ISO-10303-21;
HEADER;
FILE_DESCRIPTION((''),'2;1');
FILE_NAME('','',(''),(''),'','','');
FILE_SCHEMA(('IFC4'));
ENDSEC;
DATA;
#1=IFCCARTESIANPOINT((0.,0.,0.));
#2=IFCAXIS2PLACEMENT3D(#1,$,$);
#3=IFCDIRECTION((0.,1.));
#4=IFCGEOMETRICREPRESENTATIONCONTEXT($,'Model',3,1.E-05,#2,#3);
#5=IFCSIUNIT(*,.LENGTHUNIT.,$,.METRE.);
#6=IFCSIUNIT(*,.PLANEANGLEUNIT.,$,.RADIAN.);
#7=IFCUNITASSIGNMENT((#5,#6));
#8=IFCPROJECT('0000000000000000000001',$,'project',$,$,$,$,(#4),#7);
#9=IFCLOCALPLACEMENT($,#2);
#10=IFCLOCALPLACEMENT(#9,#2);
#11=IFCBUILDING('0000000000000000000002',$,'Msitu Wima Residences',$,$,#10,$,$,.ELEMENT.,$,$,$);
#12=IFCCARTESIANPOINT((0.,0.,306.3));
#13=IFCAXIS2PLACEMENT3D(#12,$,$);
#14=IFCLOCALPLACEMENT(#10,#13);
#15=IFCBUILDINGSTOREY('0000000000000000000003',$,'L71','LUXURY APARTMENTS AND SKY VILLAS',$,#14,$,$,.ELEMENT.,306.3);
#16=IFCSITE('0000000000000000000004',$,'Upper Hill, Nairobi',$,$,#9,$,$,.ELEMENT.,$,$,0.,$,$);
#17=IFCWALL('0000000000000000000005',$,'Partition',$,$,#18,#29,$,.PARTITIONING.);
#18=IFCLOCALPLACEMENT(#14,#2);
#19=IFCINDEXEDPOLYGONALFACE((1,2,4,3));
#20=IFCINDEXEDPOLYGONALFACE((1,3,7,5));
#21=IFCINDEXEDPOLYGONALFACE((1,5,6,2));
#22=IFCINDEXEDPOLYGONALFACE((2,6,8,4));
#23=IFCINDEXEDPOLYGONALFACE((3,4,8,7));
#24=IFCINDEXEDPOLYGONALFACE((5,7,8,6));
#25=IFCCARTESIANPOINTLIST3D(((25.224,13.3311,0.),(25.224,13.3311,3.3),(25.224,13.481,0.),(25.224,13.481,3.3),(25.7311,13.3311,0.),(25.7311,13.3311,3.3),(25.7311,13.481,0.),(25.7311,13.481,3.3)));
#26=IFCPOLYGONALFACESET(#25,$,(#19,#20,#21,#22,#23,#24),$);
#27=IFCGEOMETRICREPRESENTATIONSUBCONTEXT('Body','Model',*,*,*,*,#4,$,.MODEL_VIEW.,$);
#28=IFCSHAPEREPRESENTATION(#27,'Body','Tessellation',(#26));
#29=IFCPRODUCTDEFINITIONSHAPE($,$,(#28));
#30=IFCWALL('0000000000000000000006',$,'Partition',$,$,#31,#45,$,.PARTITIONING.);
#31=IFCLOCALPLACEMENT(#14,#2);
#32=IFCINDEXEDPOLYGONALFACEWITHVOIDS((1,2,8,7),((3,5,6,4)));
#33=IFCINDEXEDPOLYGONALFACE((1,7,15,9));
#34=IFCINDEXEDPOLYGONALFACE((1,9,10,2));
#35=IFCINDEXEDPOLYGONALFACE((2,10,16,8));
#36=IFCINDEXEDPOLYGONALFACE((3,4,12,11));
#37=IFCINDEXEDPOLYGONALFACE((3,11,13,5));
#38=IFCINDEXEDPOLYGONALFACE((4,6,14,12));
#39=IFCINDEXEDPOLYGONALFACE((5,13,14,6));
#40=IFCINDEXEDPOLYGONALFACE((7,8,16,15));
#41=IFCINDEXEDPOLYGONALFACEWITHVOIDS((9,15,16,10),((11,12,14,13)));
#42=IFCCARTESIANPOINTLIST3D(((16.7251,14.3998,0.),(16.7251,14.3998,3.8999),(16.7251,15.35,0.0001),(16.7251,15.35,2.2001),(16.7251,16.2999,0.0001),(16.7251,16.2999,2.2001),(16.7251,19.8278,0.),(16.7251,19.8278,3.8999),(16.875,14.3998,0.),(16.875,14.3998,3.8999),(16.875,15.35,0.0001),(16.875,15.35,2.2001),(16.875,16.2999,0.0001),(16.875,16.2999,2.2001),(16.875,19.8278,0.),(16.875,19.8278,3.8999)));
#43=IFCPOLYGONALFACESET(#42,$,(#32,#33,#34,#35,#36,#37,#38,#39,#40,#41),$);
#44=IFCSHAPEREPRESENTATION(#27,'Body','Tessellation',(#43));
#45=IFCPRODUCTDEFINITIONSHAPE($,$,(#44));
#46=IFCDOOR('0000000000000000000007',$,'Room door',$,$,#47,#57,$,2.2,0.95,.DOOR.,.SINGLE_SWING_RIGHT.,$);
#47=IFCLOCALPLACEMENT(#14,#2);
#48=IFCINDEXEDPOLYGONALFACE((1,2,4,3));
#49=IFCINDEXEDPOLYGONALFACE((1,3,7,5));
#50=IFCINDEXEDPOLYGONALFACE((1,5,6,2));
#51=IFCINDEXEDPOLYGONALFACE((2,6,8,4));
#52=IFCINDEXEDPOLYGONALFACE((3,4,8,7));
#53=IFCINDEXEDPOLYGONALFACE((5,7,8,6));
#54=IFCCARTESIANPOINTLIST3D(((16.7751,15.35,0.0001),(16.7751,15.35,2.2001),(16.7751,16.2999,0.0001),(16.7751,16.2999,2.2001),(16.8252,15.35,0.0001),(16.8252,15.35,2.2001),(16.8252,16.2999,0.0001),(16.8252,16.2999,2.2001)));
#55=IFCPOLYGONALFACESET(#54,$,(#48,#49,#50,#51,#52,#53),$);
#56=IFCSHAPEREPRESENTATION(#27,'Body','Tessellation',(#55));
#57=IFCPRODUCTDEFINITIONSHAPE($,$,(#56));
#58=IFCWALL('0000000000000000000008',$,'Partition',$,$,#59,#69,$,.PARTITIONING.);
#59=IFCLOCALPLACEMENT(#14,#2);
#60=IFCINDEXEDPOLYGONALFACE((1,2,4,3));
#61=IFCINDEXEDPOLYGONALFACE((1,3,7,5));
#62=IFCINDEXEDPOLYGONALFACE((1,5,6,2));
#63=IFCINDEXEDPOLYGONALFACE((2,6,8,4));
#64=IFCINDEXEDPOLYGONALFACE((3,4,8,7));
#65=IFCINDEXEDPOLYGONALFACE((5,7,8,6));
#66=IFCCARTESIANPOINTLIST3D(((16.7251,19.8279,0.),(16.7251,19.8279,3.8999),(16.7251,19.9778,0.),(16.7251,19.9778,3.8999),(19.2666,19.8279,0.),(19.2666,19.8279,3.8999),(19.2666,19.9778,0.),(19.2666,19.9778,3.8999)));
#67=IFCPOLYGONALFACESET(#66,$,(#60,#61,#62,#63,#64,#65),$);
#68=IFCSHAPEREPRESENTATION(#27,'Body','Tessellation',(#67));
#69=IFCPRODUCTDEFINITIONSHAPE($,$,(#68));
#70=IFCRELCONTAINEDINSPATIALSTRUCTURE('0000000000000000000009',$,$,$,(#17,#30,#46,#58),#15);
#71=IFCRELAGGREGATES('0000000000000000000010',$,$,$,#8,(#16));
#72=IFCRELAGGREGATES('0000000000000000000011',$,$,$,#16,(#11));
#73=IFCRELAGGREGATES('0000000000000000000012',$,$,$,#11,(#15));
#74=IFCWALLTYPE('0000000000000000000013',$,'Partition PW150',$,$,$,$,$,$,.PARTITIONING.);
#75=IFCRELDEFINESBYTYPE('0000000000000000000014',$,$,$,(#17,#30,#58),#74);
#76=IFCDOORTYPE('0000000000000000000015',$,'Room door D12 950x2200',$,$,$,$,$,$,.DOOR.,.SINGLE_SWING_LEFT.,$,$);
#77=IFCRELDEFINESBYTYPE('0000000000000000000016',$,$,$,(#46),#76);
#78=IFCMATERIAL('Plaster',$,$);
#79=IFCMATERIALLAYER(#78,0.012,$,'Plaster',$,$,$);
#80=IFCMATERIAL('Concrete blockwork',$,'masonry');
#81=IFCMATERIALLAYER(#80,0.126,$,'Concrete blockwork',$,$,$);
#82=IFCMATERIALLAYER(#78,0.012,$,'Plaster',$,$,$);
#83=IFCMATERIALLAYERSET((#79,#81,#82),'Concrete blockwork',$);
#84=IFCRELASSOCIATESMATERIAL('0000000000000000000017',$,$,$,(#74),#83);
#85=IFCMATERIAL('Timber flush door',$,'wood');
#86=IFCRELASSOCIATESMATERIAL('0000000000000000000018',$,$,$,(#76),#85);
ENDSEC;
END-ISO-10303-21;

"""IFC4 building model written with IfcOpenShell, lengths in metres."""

from ifc_helpers import new_model, si_unit, direction, frame, frame_2d, origin, place, context, subcontext, project, spatial, rectangle, extrude, material, layer, layer_set, type_object, element, fill, save


model = new_model("IFC4")

# Units and contexts
model_context = context("Model", 3, precision=1e-05, world=origin(), true_north=direction((0.0, 1.0)))
body_context = subcontext(model_context, "Body", "Model", "MODEL_VIEW")
ifc_project = project(units=[si_unit("LENGTHUNIT", "METRE"), si_unit("PLANEANGLEUNIT", "RADIAN")], contexts=[model_context])

# Site, building, storey
site_placement = place(None, origin())
site = spatial("IfcSite", under=ifc_project, at=site_placement, Name="Upper Hill, Nairobi", CompositionType="ELEMENT", RefElevation=0.0)
building_placement = place(site_placement, origin())
building = spatial("IfcBuilding", under=site, at=building_placement, Name="Msitu Wima Residences", CompositionType="ELEMENT")
storey_placement = place(building_placement, frame((0.0, 0.0, 306.3)))
storey = spatial("IfcBuildingStorey", under=building, at=storey_placement, Name="L71", Description="LUXURY APARTMENTS AND SKY VILLAS", CompositionType="ELEMENT", Elevation=306.3)

# Wall
ifc_material_1 = material(Name="Plaster")
ifc_material_2 = material(Name="Concrete blockwork", Category="masonry")
ifc_layer_1 = layer(ifc_material_1, 0.012, Name="Plaster")
ifc_layer_2 = layer(ifc_material_2, 0.126, Name="Concrete blockwork")
ifc_layer_3 = layer(ifc_material_1, 0.012, Name="Plaster")
ifc_layer_set_1 = layer_set([ifc_layer_1, ifc_layer_2, ifc_layer_3], Name="Concrete blockwork")
wall_type_1 = type_object("IfcWallType", Name="Partition PW150", PredefinedType="PARTITIONING", material=ifc_layer_set_1)
wall_1_placement = place(storey_placement, frame((25.2241, 13.406, 0.0), z_axis=(0.0, 0.0, 1.0), x_axis=(1.0, 0.0, 0.0)))
element("IfcWall", 1, at=wall_1_placement, inside=storey, type_object=wall_type_1, Name="Partition", PredefinedType="PARTITIONING", context=body_context, shape_type="SweptSolid", body=[
    extrude(rectangle(XDim=0.5071, YDim=0.1499, at=frame_2d((0.2534, 0.0))), origin(), (0.0, 0.0, 1.0), 3.3),
])

# Wall, opening, door
wall_2_placement = place(storey_placement, frame((16.8, 14.3999, 0.0), z_axis=(0.0, 0.0, 1.0), x_axis=(0.0, 1.0, 0.0)))
wall_2 = element("IfcWall", 2, at=wall_2_placement, inside=storey, type_object=wall_type_1, Name="Partition", PredefinedType="PARTITIONING", context=body_context, shape_type="SweptSolid", body=[
    extrude(rectangle(XDim=5.428, YDim=0.1499, at=frame_2d((2.7139, 0.0))), origin(), (0.0, 0.0, 1.0), 3.8999),
])
opening_1_placement = place(wall_2_placement, frame((0.95, 0.0, 0.0)))
opening_1 = element("IfcOpeningElement", 3, at=opening_1_placement, cuts=wall_2, PredefinedType="OPENING", context=body_context, shape_type="SweptSolid", body=[
    extrude(rectangle(XDim=0.95, YDim=2.2, at=frame_2d((0.4751, 1.1001))), frame((0.0, 0.085, 0.0), z_axis=(0.0, -1.0, 0.0), x_axis=(1.0, 0.0, 0.0)), (0.0, 0.0, 1.0), 0.1699),
])
ifc_material_3 = material(Name="Timber flush door", Category="wood")
door_type_1 = type_object("IfcDoorType", Name="Room door D12 950x2200", OperationType="SINGLE_SWING_LEFT", PredefinedType="DOOR", material=ifc_material_3)
door_1_placement = place(opening_1_placement, origin())
door_1 = element("IfcDoor", 4, at=door_1_placement, inside=storey, type_object=door_type_1, Name="Room door", OperationType="SINGLE_SWING_RIGHT", OverallHeight=2.2, OverallWidth=0.95, PredefinedType="DOOR", context=body_context, shape_type="SweptSolid", body=[
    extrude(rectangle(XDim=0.95, YDim=2.2, at=frame_2d((0.4751, 1.1001))), frame((0.0, 0.0249, 0.0), z_axis=(0.0, -1.0, 0.0), x_axis=(1.0, 0.0, 0.0)), (0.0, 0.0, 1.0), 0.05),
])
fill(opening_1, door_1)

# Wall
wall_3_placement = place(storey_placement, frame((16.7251, 19.9028, 0.0), z_axis=(0.0, 0.0, 1.0), x_axis=(1.0, 0.0, 0.0)))
element("IfcWall", 5, at=wall_3_placement, inside=storey, type_object=wall_type_1, Name="Partition", PredefinedType="PARTITIONING", context=body_context, shape_type="SweptSolid", body=[
    extrude(rectangle(XDim=2.5415, YDim=0.1499, at=frame_2d((1.2708, 0.0))), origin(), (0.0, 0.0, 1.0), 3.8999),
])

save(model, "model.ifc")
